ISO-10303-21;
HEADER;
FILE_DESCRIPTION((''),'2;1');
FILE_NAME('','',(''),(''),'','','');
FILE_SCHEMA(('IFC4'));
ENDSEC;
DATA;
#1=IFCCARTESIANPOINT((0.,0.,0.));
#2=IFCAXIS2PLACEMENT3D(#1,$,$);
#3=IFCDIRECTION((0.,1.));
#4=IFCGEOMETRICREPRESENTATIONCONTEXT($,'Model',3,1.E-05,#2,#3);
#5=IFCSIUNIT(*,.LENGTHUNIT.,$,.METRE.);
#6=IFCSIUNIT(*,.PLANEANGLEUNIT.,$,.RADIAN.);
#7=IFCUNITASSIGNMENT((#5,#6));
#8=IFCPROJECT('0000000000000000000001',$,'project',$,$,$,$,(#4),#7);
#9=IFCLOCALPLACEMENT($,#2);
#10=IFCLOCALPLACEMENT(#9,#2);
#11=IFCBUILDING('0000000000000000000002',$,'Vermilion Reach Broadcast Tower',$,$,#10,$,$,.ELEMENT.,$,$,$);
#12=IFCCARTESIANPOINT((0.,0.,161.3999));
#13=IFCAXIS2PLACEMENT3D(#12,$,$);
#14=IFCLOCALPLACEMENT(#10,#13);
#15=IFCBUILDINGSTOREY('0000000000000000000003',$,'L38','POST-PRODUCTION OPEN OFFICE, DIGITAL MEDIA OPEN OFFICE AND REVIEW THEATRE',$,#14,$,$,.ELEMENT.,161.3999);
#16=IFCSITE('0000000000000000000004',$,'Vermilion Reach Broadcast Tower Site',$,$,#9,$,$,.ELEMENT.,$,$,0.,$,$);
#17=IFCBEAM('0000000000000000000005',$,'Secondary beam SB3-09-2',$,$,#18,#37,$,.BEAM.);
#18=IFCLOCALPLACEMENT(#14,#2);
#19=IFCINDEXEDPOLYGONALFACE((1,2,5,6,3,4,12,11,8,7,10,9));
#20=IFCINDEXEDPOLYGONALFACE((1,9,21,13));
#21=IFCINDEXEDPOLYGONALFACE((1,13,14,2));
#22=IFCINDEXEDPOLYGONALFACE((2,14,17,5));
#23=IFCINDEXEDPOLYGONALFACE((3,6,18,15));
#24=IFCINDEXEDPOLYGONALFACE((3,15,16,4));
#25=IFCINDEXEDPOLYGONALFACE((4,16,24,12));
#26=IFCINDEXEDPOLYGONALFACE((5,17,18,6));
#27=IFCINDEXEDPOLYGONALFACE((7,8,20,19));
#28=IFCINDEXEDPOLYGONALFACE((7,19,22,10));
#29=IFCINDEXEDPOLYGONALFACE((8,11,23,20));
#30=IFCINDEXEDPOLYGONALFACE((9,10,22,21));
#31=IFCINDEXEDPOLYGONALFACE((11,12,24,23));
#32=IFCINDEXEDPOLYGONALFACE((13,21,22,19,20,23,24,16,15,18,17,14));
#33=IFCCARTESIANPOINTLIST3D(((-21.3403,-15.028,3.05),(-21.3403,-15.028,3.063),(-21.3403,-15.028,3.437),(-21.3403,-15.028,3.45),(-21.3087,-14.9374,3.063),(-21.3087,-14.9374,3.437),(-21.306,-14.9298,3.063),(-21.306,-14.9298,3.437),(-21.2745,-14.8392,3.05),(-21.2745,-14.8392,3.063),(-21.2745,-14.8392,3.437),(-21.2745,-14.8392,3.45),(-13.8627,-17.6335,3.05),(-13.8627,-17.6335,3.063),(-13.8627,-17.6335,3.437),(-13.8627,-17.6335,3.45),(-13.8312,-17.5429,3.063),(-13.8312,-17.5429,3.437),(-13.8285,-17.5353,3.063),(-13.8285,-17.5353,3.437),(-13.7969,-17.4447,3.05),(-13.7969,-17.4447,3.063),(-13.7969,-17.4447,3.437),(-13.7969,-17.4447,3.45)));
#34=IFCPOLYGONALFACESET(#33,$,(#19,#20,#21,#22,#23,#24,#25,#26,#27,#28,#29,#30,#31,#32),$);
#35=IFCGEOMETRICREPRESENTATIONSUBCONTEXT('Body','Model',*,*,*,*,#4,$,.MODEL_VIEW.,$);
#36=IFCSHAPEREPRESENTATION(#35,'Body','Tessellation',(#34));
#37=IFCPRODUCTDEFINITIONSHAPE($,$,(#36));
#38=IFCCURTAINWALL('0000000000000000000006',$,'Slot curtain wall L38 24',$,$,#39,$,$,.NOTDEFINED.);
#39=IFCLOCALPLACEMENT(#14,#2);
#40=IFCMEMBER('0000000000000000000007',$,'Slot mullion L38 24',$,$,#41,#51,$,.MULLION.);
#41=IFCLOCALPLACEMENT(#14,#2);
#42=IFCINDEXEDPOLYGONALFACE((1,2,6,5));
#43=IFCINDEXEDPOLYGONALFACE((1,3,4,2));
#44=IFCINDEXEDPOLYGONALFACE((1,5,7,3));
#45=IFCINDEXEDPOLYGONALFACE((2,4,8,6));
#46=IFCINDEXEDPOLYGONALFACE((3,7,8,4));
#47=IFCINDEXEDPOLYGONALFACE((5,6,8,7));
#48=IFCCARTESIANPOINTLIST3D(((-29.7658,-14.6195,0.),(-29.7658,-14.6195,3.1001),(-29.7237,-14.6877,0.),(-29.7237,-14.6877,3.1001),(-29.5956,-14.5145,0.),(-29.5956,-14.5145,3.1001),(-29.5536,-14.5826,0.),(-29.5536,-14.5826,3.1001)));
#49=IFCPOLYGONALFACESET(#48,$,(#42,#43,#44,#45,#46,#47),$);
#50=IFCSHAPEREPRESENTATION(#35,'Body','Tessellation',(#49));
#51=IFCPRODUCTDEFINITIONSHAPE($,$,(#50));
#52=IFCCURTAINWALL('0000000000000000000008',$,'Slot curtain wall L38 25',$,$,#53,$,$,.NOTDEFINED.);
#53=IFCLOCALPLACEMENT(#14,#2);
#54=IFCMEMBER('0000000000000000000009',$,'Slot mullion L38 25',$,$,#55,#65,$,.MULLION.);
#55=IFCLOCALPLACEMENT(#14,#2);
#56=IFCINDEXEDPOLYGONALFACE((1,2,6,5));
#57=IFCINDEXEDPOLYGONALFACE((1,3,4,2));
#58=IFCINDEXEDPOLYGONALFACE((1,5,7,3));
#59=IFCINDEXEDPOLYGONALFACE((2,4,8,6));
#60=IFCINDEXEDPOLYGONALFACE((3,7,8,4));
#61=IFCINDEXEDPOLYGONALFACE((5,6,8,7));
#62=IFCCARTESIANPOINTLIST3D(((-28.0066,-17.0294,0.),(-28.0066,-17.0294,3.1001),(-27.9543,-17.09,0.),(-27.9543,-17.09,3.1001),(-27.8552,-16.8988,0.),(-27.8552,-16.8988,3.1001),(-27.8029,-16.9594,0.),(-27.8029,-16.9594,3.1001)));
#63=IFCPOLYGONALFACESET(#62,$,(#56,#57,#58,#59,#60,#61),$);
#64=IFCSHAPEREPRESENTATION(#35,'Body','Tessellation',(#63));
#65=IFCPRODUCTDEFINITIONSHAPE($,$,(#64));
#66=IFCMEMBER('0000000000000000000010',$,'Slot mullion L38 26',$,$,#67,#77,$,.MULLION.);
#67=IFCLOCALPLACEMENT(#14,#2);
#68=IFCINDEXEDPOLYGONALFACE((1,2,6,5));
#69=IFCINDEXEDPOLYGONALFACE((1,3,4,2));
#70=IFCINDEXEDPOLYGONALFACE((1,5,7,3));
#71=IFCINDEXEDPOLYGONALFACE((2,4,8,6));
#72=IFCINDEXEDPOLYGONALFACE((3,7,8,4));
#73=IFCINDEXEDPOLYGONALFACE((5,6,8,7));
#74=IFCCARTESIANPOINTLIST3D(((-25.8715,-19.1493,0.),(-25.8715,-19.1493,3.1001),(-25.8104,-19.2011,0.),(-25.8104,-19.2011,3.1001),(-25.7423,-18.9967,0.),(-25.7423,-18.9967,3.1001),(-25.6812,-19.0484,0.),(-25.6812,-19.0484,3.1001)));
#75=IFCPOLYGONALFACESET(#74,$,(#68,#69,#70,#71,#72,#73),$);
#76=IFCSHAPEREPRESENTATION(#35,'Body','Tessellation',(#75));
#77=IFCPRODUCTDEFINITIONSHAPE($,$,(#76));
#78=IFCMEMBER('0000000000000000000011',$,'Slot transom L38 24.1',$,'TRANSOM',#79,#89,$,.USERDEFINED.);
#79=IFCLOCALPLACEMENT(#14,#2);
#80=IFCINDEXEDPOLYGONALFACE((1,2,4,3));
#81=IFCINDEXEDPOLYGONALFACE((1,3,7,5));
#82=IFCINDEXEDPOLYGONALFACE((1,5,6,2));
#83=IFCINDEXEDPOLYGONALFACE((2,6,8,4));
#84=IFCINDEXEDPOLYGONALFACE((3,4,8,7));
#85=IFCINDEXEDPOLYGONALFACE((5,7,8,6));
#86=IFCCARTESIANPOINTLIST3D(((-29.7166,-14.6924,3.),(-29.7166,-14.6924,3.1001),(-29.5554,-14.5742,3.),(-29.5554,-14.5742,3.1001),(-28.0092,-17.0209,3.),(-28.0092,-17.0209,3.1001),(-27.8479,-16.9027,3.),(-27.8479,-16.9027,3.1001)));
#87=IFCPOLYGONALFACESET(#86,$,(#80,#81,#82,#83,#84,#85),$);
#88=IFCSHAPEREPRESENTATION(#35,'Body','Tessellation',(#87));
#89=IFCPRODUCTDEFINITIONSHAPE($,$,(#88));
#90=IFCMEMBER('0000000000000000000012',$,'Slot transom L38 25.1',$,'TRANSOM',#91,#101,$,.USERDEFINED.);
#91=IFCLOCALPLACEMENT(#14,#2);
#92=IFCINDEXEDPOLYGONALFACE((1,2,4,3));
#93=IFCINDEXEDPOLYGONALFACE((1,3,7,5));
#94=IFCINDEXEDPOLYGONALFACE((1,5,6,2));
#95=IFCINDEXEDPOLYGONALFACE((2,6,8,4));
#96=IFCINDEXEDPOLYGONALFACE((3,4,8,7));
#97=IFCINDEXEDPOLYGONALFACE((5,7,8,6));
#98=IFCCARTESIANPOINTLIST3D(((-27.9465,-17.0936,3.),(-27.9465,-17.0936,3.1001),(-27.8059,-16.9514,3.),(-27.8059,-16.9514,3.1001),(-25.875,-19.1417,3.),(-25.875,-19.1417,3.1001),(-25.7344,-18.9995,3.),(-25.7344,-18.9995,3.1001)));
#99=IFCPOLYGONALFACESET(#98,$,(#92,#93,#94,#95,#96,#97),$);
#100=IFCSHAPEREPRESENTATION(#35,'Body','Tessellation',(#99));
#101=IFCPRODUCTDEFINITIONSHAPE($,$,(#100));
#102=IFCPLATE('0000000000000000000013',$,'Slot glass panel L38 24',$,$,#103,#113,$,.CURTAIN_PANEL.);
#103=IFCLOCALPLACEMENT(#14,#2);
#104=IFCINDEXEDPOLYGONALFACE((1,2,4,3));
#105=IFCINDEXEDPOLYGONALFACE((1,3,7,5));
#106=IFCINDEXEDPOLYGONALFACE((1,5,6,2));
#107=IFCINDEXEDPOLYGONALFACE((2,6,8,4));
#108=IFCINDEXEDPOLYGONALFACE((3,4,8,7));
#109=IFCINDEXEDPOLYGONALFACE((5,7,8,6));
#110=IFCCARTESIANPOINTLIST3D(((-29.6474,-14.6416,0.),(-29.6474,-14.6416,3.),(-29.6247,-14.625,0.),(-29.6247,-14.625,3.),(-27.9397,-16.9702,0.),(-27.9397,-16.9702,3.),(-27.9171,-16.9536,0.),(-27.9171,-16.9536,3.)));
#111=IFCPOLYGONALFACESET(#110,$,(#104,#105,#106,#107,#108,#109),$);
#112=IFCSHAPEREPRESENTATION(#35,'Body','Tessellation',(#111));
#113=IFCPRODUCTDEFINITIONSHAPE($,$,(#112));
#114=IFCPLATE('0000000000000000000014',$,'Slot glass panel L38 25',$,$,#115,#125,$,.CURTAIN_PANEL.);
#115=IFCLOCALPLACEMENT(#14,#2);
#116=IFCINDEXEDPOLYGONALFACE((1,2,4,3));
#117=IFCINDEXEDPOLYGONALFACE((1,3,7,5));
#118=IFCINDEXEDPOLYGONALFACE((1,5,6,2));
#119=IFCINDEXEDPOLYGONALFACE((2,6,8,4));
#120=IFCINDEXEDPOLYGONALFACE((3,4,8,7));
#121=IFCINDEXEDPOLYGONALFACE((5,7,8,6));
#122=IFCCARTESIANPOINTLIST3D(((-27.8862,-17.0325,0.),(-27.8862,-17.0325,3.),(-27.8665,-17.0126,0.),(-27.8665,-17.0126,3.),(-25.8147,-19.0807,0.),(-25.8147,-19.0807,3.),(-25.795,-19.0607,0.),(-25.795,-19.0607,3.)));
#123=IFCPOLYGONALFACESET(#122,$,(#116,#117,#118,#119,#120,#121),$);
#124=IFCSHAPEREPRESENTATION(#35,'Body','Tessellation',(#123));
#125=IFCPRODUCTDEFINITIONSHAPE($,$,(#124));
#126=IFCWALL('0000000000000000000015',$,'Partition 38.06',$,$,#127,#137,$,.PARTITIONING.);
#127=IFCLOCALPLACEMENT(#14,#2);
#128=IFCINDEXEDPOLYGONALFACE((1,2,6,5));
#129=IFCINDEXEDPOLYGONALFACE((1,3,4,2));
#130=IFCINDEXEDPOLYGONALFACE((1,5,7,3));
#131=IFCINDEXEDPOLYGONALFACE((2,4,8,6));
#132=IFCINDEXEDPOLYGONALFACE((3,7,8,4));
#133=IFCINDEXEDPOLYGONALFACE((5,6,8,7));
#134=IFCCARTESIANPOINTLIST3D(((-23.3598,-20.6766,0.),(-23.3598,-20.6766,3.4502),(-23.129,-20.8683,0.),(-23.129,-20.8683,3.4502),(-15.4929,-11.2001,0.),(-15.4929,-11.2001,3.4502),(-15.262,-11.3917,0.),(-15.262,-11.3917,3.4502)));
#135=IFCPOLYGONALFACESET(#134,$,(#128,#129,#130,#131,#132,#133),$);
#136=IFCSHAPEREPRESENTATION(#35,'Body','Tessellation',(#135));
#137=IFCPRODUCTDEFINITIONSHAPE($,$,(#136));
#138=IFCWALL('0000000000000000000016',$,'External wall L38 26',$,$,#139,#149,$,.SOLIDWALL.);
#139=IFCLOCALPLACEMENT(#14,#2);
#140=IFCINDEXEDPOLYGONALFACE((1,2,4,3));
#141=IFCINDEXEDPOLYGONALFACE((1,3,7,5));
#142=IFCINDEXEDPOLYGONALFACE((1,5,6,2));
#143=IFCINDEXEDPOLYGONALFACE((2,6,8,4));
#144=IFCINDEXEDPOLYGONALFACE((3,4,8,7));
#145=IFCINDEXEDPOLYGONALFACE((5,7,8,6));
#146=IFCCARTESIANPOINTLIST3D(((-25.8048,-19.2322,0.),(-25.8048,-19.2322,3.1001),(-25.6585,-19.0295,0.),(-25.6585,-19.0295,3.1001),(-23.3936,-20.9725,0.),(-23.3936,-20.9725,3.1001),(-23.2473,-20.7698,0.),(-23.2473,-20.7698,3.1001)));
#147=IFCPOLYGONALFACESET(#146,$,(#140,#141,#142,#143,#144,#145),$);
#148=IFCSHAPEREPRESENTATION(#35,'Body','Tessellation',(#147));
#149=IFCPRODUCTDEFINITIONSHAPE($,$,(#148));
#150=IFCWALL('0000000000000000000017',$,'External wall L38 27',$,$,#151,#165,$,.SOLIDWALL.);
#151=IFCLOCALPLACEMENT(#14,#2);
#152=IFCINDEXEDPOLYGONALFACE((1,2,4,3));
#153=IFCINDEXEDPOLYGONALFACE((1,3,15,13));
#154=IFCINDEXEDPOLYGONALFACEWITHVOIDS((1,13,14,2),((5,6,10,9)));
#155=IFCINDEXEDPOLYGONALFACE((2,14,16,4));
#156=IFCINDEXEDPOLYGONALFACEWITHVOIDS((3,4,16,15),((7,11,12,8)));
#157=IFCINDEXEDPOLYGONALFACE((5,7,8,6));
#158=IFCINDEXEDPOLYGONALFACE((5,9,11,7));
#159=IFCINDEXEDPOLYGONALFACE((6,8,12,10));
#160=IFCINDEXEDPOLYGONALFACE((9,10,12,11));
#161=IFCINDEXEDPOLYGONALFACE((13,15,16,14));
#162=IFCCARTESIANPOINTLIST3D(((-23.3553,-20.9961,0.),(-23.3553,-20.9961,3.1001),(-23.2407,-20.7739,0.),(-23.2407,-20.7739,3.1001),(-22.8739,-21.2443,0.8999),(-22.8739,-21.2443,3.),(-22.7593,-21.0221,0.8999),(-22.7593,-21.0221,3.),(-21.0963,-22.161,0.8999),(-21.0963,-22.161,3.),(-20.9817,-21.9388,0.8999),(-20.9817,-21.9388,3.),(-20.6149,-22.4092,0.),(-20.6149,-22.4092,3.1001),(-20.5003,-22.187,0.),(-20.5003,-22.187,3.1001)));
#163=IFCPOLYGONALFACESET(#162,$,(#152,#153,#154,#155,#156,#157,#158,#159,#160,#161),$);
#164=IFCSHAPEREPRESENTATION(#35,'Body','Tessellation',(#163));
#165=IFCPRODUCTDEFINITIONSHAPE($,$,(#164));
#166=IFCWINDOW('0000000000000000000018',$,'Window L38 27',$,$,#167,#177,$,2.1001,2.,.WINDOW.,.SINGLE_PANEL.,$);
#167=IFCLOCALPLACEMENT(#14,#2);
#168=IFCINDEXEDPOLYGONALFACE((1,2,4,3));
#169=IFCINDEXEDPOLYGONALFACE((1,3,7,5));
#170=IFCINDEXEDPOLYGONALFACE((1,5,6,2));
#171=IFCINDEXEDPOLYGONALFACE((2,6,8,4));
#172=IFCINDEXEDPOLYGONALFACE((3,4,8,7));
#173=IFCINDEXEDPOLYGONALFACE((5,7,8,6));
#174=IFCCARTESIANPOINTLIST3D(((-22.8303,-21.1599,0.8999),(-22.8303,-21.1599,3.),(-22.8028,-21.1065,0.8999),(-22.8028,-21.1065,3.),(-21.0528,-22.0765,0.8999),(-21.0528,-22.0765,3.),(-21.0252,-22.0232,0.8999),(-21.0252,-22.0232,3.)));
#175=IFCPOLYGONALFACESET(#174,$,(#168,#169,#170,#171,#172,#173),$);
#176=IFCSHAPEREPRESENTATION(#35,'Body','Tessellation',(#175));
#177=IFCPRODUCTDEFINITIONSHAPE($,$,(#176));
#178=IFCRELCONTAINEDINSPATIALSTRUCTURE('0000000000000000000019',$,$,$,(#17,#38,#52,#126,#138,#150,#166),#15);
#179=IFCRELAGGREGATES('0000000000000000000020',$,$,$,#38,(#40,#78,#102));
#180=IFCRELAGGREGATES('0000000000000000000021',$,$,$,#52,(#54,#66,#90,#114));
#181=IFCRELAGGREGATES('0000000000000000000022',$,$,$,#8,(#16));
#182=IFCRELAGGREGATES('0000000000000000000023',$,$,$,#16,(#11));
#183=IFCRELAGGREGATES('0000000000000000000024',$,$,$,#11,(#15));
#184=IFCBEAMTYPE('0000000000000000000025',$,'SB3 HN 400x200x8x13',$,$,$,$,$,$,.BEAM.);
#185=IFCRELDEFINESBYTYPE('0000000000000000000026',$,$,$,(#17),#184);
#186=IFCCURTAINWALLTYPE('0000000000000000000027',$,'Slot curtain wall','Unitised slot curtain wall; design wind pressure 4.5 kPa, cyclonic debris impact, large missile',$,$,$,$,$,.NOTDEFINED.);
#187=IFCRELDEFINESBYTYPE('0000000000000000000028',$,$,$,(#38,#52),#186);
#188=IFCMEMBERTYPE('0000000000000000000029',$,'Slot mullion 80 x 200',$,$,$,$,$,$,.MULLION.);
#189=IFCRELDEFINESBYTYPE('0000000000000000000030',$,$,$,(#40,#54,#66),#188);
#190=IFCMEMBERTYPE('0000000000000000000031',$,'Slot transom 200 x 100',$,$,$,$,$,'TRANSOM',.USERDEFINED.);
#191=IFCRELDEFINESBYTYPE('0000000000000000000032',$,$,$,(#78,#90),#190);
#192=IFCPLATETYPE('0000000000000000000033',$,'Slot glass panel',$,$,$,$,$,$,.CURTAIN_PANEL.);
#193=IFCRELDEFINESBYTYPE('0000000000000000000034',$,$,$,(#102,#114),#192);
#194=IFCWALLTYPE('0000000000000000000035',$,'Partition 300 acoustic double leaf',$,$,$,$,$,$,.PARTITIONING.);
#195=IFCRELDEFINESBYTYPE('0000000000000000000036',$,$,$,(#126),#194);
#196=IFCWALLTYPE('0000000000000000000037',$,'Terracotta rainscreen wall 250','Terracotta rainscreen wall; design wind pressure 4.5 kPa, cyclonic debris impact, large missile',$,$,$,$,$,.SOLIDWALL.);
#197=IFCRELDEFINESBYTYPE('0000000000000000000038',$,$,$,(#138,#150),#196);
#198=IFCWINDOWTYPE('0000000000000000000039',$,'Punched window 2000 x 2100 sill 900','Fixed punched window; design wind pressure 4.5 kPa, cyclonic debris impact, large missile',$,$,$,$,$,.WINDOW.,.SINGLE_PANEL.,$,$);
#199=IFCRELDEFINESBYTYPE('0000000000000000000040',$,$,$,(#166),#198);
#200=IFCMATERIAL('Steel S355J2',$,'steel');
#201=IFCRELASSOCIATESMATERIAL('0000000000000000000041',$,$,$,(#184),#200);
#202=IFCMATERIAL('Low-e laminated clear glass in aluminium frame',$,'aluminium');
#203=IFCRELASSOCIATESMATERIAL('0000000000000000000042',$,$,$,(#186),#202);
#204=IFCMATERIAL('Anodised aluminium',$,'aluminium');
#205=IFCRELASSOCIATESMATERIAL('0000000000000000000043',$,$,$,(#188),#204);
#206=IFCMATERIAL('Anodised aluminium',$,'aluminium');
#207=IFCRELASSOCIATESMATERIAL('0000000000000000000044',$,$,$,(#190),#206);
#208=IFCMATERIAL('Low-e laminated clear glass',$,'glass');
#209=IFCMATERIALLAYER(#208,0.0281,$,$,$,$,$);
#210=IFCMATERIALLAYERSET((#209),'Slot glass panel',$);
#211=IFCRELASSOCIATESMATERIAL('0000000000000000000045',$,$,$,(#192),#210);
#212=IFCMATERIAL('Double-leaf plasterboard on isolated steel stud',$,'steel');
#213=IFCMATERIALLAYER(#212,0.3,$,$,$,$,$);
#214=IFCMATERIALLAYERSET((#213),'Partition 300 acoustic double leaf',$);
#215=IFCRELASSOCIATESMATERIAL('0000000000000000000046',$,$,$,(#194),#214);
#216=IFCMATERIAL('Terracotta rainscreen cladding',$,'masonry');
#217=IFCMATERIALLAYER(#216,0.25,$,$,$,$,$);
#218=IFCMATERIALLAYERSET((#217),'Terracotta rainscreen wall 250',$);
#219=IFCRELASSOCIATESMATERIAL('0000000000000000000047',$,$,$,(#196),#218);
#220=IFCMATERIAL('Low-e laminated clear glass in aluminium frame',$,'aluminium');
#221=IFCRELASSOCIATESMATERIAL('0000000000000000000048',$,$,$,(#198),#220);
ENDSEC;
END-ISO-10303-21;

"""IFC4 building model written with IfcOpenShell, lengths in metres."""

from ifc_helpers import new_model, si_unit, direction, frame, frame_2d, origin, origin_2d, place, context, subcontext, project, spatial, rectangle, i_section, extrude, material, layer, layer_set, material_profile, profile_set, type_object, element, fill, aggregate, save


model = new_model("IFC4")

# Units and contexts
model_context = context("Model", 3, precision=1e-05, world=origin(), true_north=direction((0.0, 1.0)))
body_context = subcontext(model_context, "Body", "Model", "MODEL_VIEW")
ifc_project = project(units=[si_unit("LENGTHUNIT", "METRE"), si_unit("PLANEANGLEUNIT", "RADIAN")], contexts=[model_context])

# Site, building, storey
site_placement = place(None, origin())
site = spatial("IfcSite", under=ifc_project, at=site_placement, Name="Vermilion Reach Broadcast Tower Site", CompositionType="ELEMENT", RefElevation=0.0)
building_placement = place(site_placement, origin())
building = spatial("IfcBuilding", under=site, at=building_placement, Name="Vermilion Reach Broadcast Tower", CompositionType="ELEMENT")
storey_placement = place(building_placement, frame((0.0, 0.0, 161.3999)))
storey = spatial("IfcBuildingStorey", under=building, at=storey_placement, Name="L38", Description="POST-PRODUCTION OPEN OFFICE, DIGITAL MEDIA OPEN OFFICE AND REVIEW THEATRE", CompositionType="ELEMENT", Elevation=161.3999)

# Beam
ifc_material_1 = material(Name="Steel S355J2", Category="steel")
ifc_material_profile_1 = material_profile(ifc_material_1, i_section(OverallWidth=0.2, OverallDepth=0.3999, WebThickness=0.0081, FlangeThickness=0.0129, at=origin_2d()), Name="S355J2 HN 400x200x8x13")
ifc_profile_set_1 = profile_set([ifc_material_profile_1], Name="Steel S355J2")
beam_type_1 = type_object("IfcBeamType", Name="SB3 HN 400x200x8x13", PredefinedType="BEAM", material=ifc_profile_set_1)
beam_1_placement = place(storey_placement, frame((-21.3074, -14.9336, 3.25), z_axis=(0.944317, -0.329037, 0.0), x_axis=(0.329037, 0.944317, 0.0)))
element("IfcBeam", 1, at=beam_1_placement, inside=storey, type_object=beam_type_1, Name="Secondary beam SB3-09-2", PredefinedType="BEAM", context=body_context, shape_type="SweptSolid", body=[
    extrude(i_section(OverallWidth=0.2, OverallDepth=0.3999, WebThickness=0.0081, FlangeThickness=0.0129, at=origin_2d()), origin(), (0.0, 0.0, 1.0), 7.9185),
])

# Curtain wall, member
ifc_material_2 = material(Name="Low-e laminated clear glass in aluminium frame", Category="aluminium")
curtain_wall_type = type_object("IfcCurtainWallType", Name="Slot curtain wall", Description="Unitised slot curtain wall; design wind pressure 4.5 kPa, cyclonic debris impact, large missile", PredefinedType="NOTDEFINED", material=ifc_material_2)
placement = place(storey_placement, origin())
curtain_wall_1 = element("IfcCurtainWall", 2, at=placement, inside=storey, type_object=curtain_wall_type, Name="Slot curtain wall L38 24", PredefinedType="NOTDEFINED")
ifc_material_3 = material(Name="Anodised aluminium", Category="aluminium")
ifc_material_profile_2 = material_profile(ifc_material_3, rectangle(XDim=0.2, YDim=0.0801, at=origin_2d()), Name="Slot mullion 80 x 200")
ifc_profile_set_2 = profile_set([ifc_material_profile_2], Name="Anodised aluminium")
member_type_1 = type_object("IfcMemberType", Name="Slot mullion 80 x 200", PredefinedType="MULLION", material=ifc_profile_set_2)
member_1_placement = place(storey_placement, frame((-29.6597, -14.6011, 0.0), z_axis=(0.0, 0.0, 1.0), x_axis=(0.850995, 0.525175, 0.0)))
member_1 = element("IfcMember", 3, at=member_1_placement, type_object=member_type_1, Name="Slot mullion L38 24", PredefinedType="MULLION", context=body_context, shape_type="SweptSolid", body=[
    extrude(rectangle(XDim=0.2, YDim=0.0801, at=origin_2d()), origin(), (0.0, 0.0, 1.0), 3.1001),
])

# Curtain wall, members
curtain_wall_2 = element("IfcCurtainWall", 4, at=placement, inside=storey, type_object=curtain_wall_type, Name="Slot curtain wall L38 25", PredefinedType="NOTDEFINED")
member_2_placement = place(storey_placement, frame((-27.9048, -16.9944, 0.0), z_axis=(0.0, 0.0, 1.0), x_axis=(0.757122, 0.653274, 0.0)))
member_2 = element("IfcMember", 5, at=member_2_placement, type_object=member_type_1, Name="Slot mullion L38 25", PredefinedType="MULLION", context=body_context, shape_type="SweptSolid", body=[
    extrude(rectangle(XDim=0.2, YDim=0.0801, at=origin_2d()), origin(), (0.0, 0.0, 1.0), 3.1001),
])
member_3_placement = place(storey_placement, frame((-25.7764, -19.0989, 0.0), z_axis=(0.0, 0.0, 1.0), x_axis=(0.646078, 0.763271, 0.0)))
member_3 = element("IfcMember", 6, at=member_3_placement, type_object=member_type_1, Name="Slot mullion L38 26", PredefinedType="MULLION", context=body_context, shape_type="SweptSolid", body=[
    extrude(rectangle(XDim=0.2, YDim=0.0801, at=origin_2d()), origin(), (0.0, 0.0, 1.0), 3.1001),
])

# Members
ifc_material_4 = material(Name="Anodised aluminium", Category="aluminium")
ifc_material_profile_3 = material_profile(ifc_material_4, rectangle(XDim=0.2, YDim=0.1001, at=origin_2d()), Name="Slot transom 200 x 100")
ifc_profile_set_3 = profile_set([ifc_material_profile_3], Name="Anodised aluminium")
member_type_2 = type_object("IfcMemberType", Name="Slot transom 200 x 100", ElementType="TRANSOM", PredefinedType="USERDEFINED", material=ifc_profile_set_3)
member_4_placement = place(storey_placement, frame((-29.636, -14.6333, 3.05), z_axis=(0.591334, -0.806426, 0.0), x_axis=(0.806426, 0.591334, 0.0)))
member_4 = element("IfcMember", 7, at=member_4_placement, type_object=member_type_2, Name="Slot transom L38 24.1", ObjectType="TRANSOM", PredefinedType="USERDEFINED", context=body_context, shape_type="SweptSolid", body=[
    extrude(rectangle(XDim=0.2, YDim=0.1001, at=origin_2d()), origin(), (0.0, 0.0, 1.0), 2.8875),
])
member_5_placement = place(storey_placement, frame((-27.8762, -17.0225, 3.05), z_axis=(0.711118, -0.703073, 0.0), x_axis=(0.703073, 0.711118, 0.0)))
member_5 = element("IfcMember", 8, at=member_5_placement, type_object=member_type_2, Name="Slot transom L38 25.1", ObjectType="TRANSOM", PredefinedType="USERDEFINED", context=body_context, shape_type="SweptSolid", body=[
    extrude(rectangle(XDim=0.2, YDim=0.1001, at=origin_2d()), origin(), (0.0, 0.0, 1.0), 2.9131),
])

# Plates
ifc_material_5 = material(Name="Low-e laminated clear glass", Category="glass")
ifc_layer_1 = layer(ifc_material_5, 0.0281)
ifc_layer_set_1 = layer_set([ifc_layer_1], Name="Slot glass panel")
plate_type = type_object("IfcPlateType", Name="Slot glass panel", PredefinedType="CURTAIN_PANEL", material=ifc_layer_set_1)
plate_1_placement = place(storey_placement, frame((-28.7822, -15.7976, 0.0), z_axis=(0.0, 0.0, 1.0), x_axis=(0.591355, -0.806411, 0.0)))
plate_1 = element("IfcPlate", 9, at=plate_1_placement, type_object=plate_type, Name="Slot glass panel L38 24", PredefinedType="CURTAIN_PANEL", context=body_context, shape_type="SweptSolid", body=[
    extrude(rectangle(XDim=2.8877, YDim=0.0281, at=origin_2d()), origin(), (0.0, 0.0, 1.0), 3.0),
])
aggregate(curtain_wall_1, [member_1, member_4, plate_1])
plate_2_placement = place(storey_placement, frame((-26.8406, -18.0466, 0.0), z_axis=(0.0, 0.0, 1.0), x_axis=(0.711101, -0.70309, 0.0)))
plate_2 = element("IfcPlate", 10, at=plate_2_placement, type_object=plate_type, Name="Slot glass panel L38 25", PredefinedType="CURTAIN_PANEL", context=body_context, shape_type="SweptSolid", body=[
    extrude(rectangle(XDim=2.9131, YDim=0.0281, at=origin_2d()), origin(), (0.0, 0.0, 1.0), 3.0),
])
aggregate(curtain_wall_2, [member_2, member_3, member_5, plate_2])

# Walls
ifc_material_6 = material(Name="Double-leaf plasterboard on isolated steel stud", Category="steel")
ifc_layer_2 = layer(ifc_material_6, 0.3)
ifc_layer_set_2 = layer_set([ifc_layer_2], Name="Partition 300 acoustic double leaf")
wall_type_1 = type_object("IfcWallType", Name="Partition 300 acoustic double leaf", PredefinedType="PARTITIONING", material=ifc_layer_set_2)
wall_1_placement = place(storey_placement, frame((-23.2444, -20.7725, 0.0), z_axis=(0.0, 0.0, 1.0), x_axis=(0.638737, 0.769426, 0.0)))
element("IfcWall", 11, at=wall_1_placement, inside=storey, type_object=wall_type_1, Name="Partition 38.06", PredefinedType="PARTITIONING", context=body_context, shape_type="SweptSolid", body=[
    extrude(rectangle(XDim=12.3164, YDim=0.3, at=frame_2d((6.1582, 0.0))), origin(), (0.0, 0.0, 1.0), 3.4502),
])
ifc_material_7 = material(Name="Terracotta rainscreen cladding", Category="masonry")
ifc_layer_3 = layer(ifc_material_7, 0.25)
ifc_layer_set_3 = layer_set([ifc_layer_3], Name="Terracotta rainscreen wall 250")
wall_type_2 = type_object("IfcWallType", Name="Terracotta rainscreen wall 250", Description="Terracotta rainscreen wall; design wind pressure 4.5 kPa, cyclonic debris impact, large missile", PredefinedType="SOLIDWALL", material=ifc_layer_set_3)
wall_2_placement = place(storey_placement, frame((-25.7317, -19.1309, 0.0), z_axis=(0.0, 0.0, 1.0), x_axis=(0.810861, -0.585239, 0.0)))
element("IfcWall", 12, at=wall_2_placement, inside=storey, type_object=wall_type_2, Name="External wall L38 26", PredefinedType="SOLIDWALL", context=body_context, shape_type="SweptSolid", body=[
    extrude(rectangle(XDim=2.9736, YDim=0.25, at=frame_2d((1.4868, 0.0))), origin(), (0.0, 0.0, 1.0), 3.1001),
])

# Wall, opening, window
wall_3_placement = place(storey_placement, frame((-23.2979, -20.885, 0.0), z_axis=(0.0, 0.0, 1.0), x_axis=(0.888783, -0.458328, 0.0)))
wall_3 = element("IfcWall", 13, at=wall_3_placement, inside=storey, type_object=wall_type_2, Name="External wall L38 27", PredefinedType="SOLIDWALL", context=body_context, shape_type="SweptSolid", body=[
    extrude(rectangle(XDim=3.0833, YDim=0.25, at=frame_2d((1.5415, 0.0))), origin(), (0.0, 0.0, 1.0), 3.1001),
])
opening_placement = place(wall_3_placement, frame((0.5415, 0.0, 0.8999)))
opening = element("IfcOpeningElement", 14, at=opening_placement, cuts=wall_3, PredefinedType="OPENING", context=body_context, shape_type="SweptSolid", body=[
    extrude(rectangle(XDim=2.0, YDim=2.1001, at=frame_2d((1.0, 1.05))), frame((0.0, 0.135, 0.0), z_axis=(0.0, -1.0, 0.0), x_axis=(1.0, 0.0, 0.0)), (0.0, 0.0, 1.0), 0.27),
])
ifc_material_8 = material(Name="Low-e laminated clear glass in aluminium frame", Category="aluminium")
window_type = type_object("IfcWindowType", Name="Punched window 2000 x 2100 sill 900", Description="Fixed punched window; design wind pressure 4.5 kPa, cyclonic debris impact, large missile", PartitioningType="SINGLE_PANEL", PredefinedType="WINDOW", material=ifc_material_8)
window_placement = place(opening_placement, origin())
window = element("IfcWindow", 15, at=window_placement, inside=storey, type_object=window_type, Name="Window L38 27", OverallHeight=2.1001, OverallWidth=2.0, PartitioningType="SINGLE_PANEL", PredefinedType="WINDOW", context=body_context, shape_type="SweptSolid", body=[
    extrude(rectangle(XDim=2.0, YDim=2.1001, at=frame_2d((1.0, 1.05))), frame((0.0, 0.03, 0.0), z_axis=(0.0, -1.0, 0.0), x_axis=(1.0, 0.0, 0.0)), (0.0, 0.0, 1.0), 0.0601),
])
fill(opening, window)

save(model, "model.ifc")
